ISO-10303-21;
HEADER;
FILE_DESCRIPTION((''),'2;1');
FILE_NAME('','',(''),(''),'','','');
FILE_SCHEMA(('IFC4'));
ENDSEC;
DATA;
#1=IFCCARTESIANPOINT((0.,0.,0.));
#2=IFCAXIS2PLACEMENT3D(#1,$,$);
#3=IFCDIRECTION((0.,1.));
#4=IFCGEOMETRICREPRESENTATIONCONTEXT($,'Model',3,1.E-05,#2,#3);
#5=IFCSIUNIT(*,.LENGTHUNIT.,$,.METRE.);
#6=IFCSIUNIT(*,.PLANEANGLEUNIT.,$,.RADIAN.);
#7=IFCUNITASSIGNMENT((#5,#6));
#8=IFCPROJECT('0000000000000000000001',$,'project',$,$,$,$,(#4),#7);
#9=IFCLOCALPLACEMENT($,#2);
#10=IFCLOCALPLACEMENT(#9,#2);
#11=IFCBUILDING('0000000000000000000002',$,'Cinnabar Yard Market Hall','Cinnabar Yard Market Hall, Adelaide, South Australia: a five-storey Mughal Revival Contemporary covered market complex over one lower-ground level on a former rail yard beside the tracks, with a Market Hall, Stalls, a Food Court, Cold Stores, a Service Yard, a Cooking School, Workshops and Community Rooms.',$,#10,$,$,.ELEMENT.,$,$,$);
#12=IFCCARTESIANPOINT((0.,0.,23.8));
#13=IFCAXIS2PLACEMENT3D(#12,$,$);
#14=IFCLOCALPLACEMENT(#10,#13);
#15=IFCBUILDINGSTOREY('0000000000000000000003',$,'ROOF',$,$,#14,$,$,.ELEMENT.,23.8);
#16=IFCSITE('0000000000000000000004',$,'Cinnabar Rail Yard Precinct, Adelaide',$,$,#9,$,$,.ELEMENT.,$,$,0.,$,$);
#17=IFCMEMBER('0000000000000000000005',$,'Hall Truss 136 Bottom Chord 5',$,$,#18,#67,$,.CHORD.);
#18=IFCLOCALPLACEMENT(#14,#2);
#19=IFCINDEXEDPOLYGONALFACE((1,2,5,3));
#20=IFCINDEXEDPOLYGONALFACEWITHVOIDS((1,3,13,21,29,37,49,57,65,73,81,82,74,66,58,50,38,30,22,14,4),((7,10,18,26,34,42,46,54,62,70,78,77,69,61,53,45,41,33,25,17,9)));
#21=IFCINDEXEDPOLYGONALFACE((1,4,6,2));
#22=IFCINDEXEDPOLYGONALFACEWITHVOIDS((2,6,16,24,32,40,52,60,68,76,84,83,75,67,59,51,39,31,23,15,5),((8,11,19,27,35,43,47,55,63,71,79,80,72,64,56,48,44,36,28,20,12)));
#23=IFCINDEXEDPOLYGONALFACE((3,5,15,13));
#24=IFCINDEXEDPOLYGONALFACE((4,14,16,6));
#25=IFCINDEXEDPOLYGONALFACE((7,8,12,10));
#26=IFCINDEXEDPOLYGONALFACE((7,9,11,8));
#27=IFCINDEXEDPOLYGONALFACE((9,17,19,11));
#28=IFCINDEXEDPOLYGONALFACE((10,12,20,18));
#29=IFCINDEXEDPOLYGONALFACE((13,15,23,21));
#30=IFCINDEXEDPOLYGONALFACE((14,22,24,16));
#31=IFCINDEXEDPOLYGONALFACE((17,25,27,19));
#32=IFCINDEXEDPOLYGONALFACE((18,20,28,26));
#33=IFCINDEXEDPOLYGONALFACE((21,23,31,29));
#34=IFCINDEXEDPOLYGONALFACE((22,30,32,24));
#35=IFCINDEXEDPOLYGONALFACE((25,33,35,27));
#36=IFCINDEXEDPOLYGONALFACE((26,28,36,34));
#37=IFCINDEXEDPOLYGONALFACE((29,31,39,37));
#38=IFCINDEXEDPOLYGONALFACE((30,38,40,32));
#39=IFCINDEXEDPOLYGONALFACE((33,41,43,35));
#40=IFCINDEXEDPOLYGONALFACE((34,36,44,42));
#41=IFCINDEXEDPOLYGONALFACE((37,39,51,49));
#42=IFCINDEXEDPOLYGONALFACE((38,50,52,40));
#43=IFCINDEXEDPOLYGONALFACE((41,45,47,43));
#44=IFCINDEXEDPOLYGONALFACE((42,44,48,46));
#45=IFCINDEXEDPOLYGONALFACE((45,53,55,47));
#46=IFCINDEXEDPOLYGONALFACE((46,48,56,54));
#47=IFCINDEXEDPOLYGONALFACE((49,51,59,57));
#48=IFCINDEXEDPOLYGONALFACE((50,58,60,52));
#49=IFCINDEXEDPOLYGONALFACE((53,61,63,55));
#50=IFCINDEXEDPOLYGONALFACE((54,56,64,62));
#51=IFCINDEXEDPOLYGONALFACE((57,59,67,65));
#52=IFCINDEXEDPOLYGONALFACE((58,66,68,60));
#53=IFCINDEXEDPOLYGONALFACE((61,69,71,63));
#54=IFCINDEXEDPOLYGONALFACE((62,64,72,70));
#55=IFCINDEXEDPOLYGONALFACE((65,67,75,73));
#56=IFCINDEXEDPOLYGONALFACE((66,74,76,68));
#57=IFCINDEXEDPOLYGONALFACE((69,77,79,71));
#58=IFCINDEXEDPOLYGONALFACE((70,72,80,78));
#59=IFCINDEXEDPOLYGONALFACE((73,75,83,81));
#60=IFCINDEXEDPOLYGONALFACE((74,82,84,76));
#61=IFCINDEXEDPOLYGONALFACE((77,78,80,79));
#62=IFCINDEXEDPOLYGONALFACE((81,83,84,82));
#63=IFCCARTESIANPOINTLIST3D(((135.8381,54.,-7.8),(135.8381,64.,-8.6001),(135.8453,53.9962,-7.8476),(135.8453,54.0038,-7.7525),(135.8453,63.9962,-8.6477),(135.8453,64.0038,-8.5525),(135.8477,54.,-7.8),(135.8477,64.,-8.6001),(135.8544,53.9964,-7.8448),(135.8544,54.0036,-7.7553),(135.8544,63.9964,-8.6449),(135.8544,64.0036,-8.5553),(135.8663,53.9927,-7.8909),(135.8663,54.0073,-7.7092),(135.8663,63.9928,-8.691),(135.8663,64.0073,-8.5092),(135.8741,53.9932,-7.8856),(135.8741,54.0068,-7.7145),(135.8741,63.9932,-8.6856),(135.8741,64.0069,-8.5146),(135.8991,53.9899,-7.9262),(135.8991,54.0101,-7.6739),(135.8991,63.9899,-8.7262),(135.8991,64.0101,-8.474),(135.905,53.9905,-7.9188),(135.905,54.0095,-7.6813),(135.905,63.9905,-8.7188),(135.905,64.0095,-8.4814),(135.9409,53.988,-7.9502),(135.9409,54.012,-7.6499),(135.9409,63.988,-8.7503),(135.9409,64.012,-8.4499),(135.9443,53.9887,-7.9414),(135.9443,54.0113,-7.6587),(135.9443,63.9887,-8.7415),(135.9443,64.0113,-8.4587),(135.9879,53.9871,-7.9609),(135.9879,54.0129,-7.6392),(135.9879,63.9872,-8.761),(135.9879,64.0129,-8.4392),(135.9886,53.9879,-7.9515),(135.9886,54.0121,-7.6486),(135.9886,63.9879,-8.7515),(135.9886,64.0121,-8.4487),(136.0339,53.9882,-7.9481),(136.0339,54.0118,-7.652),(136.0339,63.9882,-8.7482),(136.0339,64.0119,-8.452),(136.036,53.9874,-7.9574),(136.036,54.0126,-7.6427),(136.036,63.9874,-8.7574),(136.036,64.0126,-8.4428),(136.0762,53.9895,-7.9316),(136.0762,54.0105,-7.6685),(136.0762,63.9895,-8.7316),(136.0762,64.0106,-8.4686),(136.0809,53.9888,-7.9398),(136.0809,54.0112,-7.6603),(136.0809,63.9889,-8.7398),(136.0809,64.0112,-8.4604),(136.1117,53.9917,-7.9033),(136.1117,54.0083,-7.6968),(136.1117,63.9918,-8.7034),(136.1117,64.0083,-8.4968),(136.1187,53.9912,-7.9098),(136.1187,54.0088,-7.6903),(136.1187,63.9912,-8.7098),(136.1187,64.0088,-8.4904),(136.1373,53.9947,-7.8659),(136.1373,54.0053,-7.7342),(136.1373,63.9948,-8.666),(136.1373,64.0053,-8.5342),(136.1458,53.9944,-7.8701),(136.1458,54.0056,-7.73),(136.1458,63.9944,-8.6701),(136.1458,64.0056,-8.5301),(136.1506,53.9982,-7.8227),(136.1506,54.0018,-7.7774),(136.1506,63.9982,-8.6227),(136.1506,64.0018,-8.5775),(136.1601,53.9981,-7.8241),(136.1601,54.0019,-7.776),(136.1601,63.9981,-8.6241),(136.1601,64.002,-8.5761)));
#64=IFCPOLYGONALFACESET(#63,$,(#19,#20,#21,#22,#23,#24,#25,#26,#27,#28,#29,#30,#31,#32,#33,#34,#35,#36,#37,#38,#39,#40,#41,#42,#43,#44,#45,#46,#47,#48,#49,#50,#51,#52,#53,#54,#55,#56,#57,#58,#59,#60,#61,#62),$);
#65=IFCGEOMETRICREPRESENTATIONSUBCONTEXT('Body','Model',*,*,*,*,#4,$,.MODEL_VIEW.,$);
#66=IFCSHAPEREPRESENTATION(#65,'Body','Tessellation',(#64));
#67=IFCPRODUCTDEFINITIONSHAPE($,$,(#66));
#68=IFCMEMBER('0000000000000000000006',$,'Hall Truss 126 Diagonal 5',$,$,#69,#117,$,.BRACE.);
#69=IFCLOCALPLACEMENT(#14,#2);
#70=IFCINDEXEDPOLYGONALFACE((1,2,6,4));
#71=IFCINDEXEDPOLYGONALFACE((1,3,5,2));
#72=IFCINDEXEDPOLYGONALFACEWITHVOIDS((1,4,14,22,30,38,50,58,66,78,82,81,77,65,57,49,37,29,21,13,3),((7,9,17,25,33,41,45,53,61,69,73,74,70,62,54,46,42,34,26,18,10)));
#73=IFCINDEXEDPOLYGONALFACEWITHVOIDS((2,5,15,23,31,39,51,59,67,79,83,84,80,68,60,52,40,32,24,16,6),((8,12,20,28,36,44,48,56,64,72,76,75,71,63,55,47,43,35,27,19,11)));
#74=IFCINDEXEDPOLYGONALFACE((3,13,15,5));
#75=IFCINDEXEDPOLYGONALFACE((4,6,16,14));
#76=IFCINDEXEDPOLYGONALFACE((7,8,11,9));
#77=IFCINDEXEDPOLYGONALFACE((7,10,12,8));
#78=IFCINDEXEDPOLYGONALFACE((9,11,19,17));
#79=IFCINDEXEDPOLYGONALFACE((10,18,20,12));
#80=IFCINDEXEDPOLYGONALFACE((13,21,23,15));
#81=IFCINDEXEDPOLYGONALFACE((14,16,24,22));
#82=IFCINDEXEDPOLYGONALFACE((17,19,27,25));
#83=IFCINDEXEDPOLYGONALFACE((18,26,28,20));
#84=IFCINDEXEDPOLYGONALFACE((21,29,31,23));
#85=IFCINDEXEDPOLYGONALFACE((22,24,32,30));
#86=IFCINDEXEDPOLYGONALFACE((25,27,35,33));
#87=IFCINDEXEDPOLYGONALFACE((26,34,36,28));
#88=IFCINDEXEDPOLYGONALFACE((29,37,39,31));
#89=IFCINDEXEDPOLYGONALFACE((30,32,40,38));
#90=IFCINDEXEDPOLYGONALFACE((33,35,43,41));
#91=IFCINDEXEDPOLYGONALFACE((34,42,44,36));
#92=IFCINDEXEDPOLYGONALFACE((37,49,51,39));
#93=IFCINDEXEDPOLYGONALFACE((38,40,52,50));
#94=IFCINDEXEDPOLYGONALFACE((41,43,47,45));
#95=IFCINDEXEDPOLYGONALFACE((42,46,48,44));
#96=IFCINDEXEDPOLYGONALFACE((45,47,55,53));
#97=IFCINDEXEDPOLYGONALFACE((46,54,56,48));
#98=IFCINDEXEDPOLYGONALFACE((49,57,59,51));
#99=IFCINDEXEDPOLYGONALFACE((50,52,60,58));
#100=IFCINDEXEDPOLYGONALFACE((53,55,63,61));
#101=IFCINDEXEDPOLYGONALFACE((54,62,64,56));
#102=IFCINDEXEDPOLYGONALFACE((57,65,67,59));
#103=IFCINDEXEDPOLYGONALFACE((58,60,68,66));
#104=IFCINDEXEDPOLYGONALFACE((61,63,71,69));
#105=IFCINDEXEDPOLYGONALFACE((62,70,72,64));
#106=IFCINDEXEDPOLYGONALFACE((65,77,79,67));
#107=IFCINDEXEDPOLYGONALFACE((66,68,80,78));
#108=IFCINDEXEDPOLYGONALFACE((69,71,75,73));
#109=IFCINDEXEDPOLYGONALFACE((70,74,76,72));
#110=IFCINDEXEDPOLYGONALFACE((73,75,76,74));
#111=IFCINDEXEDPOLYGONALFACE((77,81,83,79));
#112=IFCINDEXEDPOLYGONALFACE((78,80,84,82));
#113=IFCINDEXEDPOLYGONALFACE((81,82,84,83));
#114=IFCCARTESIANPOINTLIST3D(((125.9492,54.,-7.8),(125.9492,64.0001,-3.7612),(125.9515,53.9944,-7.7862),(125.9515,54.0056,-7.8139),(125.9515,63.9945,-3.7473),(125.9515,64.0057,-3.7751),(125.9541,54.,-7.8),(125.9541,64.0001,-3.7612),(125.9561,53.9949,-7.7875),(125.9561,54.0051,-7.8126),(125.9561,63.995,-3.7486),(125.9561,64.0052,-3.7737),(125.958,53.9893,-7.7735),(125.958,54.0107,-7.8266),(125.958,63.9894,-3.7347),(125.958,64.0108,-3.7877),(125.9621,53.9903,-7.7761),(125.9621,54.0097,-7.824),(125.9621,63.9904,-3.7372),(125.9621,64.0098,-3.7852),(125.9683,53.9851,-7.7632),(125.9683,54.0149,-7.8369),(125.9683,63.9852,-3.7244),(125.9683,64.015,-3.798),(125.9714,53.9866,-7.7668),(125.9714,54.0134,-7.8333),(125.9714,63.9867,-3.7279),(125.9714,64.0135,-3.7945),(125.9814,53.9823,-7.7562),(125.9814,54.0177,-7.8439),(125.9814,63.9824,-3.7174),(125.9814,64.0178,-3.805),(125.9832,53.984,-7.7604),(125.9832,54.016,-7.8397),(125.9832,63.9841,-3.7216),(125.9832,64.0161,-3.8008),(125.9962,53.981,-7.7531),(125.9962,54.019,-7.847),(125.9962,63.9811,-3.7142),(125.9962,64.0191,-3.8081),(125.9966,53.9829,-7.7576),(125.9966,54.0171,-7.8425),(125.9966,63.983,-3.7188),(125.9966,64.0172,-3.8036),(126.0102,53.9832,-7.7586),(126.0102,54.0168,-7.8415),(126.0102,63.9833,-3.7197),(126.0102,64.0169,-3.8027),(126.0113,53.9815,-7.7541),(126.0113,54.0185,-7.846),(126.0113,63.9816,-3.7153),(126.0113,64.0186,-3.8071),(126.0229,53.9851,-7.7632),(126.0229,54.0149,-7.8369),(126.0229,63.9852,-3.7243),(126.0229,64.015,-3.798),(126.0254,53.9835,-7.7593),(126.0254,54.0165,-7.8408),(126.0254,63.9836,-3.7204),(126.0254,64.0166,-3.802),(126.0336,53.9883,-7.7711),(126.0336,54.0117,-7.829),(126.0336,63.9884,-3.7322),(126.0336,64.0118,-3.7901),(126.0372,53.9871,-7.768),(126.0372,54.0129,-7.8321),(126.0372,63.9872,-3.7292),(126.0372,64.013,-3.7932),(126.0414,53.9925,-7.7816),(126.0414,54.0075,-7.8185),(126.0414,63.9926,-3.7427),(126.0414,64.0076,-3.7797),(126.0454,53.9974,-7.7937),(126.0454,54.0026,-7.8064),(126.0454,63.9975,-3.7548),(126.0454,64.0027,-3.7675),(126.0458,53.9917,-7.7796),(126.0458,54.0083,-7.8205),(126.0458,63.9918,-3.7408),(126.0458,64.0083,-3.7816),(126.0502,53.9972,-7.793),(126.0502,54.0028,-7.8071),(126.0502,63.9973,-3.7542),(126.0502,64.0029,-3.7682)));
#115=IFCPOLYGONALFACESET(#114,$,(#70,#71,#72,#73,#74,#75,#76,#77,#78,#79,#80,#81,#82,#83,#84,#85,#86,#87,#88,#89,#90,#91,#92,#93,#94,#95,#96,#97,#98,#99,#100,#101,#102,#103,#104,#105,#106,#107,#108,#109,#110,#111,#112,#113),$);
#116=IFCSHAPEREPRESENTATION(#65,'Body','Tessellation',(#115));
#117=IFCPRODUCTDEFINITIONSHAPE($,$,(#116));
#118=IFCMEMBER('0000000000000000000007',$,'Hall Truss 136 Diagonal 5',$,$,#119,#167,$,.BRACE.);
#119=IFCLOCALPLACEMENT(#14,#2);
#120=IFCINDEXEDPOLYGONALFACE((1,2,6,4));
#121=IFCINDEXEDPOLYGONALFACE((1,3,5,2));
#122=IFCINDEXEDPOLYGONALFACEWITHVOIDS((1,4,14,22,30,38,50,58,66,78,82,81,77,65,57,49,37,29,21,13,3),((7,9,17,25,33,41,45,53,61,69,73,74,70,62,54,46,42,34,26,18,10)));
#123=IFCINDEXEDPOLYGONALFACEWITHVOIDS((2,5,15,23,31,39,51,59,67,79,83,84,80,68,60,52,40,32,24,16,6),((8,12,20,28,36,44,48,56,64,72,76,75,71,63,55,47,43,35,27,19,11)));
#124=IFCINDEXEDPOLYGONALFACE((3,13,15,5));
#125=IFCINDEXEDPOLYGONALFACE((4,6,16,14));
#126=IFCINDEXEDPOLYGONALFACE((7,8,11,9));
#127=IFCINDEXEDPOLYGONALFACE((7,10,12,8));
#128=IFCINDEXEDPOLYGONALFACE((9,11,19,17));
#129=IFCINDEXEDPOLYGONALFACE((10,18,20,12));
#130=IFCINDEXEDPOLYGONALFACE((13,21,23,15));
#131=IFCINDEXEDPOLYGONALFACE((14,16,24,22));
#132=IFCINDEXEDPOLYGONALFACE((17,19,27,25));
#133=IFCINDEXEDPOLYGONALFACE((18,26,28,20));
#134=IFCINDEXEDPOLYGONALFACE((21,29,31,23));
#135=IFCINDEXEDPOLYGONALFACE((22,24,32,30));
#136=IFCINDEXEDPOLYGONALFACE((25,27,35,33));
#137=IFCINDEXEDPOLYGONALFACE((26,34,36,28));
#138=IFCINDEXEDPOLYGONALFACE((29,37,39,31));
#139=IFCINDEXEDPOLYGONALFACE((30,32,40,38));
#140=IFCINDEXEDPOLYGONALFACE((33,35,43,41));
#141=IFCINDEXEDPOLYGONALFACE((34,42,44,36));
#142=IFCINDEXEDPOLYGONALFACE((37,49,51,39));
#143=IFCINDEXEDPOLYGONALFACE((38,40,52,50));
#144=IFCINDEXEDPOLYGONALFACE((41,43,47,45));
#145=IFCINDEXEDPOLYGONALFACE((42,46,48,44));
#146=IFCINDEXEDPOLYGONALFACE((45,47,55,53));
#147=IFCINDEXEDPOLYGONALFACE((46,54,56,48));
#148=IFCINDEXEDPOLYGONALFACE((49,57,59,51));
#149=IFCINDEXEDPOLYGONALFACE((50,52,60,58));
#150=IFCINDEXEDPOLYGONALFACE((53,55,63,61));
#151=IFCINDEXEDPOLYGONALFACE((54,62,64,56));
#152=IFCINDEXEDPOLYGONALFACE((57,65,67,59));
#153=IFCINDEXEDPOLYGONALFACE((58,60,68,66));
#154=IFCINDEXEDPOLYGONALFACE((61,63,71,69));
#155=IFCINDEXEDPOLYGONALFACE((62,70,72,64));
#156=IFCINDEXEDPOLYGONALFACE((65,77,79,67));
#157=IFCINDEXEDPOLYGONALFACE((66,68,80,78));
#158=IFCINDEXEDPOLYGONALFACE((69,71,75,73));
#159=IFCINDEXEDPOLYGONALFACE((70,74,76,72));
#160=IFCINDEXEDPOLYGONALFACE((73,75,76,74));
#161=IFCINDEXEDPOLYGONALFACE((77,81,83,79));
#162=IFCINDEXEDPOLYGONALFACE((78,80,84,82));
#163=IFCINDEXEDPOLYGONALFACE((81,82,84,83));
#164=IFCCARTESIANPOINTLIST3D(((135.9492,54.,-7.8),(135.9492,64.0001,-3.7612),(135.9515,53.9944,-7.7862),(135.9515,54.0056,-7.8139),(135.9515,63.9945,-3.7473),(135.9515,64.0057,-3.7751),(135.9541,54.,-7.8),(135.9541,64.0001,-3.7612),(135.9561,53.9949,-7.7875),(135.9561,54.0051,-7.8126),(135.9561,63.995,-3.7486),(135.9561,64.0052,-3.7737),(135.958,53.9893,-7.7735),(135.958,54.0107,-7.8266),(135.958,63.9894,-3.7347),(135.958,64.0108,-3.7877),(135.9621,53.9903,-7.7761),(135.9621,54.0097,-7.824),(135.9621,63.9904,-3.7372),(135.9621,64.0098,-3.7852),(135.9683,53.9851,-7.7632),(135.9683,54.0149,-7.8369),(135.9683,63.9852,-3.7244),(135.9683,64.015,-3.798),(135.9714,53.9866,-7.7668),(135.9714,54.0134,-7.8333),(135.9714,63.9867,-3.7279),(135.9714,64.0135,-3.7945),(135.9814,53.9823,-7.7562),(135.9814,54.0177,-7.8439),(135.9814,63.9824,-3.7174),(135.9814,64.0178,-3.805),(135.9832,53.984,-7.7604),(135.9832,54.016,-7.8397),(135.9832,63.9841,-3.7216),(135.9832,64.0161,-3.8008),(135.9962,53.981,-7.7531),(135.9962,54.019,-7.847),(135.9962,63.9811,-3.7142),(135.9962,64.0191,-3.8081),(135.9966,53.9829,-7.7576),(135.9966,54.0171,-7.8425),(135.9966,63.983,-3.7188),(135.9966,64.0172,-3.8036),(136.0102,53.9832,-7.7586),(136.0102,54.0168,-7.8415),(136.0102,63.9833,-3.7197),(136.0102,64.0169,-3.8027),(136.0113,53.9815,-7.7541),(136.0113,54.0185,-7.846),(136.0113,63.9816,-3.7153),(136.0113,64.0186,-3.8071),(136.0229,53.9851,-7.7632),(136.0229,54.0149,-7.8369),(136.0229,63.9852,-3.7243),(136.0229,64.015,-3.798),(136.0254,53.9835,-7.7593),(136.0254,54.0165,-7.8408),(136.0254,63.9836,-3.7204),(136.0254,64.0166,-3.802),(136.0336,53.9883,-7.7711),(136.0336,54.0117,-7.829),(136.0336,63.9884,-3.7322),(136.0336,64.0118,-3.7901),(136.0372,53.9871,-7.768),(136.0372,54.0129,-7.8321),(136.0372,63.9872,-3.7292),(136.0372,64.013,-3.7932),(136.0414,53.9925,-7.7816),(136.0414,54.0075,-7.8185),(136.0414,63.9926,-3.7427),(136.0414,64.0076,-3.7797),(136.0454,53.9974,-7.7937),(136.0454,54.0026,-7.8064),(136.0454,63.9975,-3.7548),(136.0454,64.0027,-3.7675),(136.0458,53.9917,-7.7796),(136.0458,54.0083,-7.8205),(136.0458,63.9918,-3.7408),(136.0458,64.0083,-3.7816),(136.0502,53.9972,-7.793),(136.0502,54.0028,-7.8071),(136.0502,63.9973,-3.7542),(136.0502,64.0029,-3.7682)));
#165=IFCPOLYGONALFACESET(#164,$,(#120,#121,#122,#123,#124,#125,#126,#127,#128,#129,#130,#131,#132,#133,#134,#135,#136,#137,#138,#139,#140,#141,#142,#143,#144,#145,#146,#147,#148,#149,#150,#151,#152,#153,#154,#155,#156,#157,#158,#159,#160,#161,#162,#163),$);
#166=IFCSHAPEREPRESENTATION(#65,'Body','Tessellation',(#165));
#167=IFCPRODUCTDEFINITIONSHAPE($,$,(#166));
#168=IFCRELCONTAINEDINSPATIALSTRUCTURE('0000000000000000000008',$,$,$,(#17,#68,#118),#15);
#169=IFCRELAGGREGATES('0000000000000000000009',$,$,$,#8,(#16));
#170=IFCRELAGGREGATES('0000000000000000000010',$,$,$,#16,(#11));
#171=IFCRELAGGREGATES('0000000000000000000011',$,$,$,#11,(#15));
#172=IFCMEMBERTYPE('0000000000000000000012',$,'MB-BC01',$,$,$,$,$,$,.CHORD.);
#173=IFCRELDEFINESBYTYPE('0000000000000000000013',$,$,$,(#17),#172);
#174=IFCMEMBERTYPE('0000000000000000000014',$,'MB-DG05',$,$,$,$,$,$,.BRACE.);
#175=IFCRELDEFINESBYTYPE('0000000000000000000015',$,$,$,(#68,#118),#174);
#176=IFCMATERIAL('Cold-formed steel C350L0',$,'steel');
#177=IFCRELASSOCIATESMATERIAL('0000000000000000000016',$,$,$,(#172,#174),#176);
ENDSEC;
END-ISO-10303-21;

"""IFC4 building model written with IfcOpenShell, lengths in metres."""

from ifc_helpers import new_model, si_unit, direction, frame, origin, origin_2d_with_axis, place, context, subcontext, project, spatial, hollow_circle, extrude, material, material_profile, profile_set, type_object, element, save


model = new_model("IFC4")

# Units and contexts
model_context = context("Model", 3, precision=1e-05, world=origin(), true_north=direction((0.0, 1.0)))
body_context = subcontext(model_context, "Body", "Model", "MODEL_VIEW")
ifc_project = project(units=[si_unit("LENGTHUNIT", "METRE"), si_unit("PLANEANGLEUNIT", "RADIAN")], contexts=[model_context])

# Site, building, storey
site_placement = place(None, origin())
site = spatial("IfcSite", under=ifc_project, at=site_placement, Name="Cinnabar Rail Yard Precinct, Adelaide", CompositionType="ELEMENT", RefElevation=0.0)
building_placement = place(site_placement, origin())
building = spatial("IfcBuilding", under=site, at=building_placement, Name="Cinnabar Yard Market Hall", Description="Cinnabar Yard Market Hall, Adelaide, South Australia: a five-storey Mughal Revival Contemporary covered market complex over one lower-ground level on a former rail yard beside the tracks, with a Market Hall, Stalls, a Food Court, Cold Stores, a Service Yard, a Cooking School, Workshops and Community Rooms.", CompositionType="ELEMENT")
storey_placement = place(building_placement, frame((0.0, 0.0, 23.8)))
storey = spatial("IfcBuildingStorey", under=building, at=storey_placement, Name="ROOF", CompositionType="ELEMENT", Elevation=23.8)

# Members
ifc_material_1 = material(Name="Cold-formed steel C350L0", Category="steel")
ifc_material_profile_1 = material_profile(ifc_material_1, hollow_circle(Radius=0.1619, WallThickness=0.0095, at=origin_2d_with_axis()), Name="323.9x9.5CHS")
ifc_profile_set_1 = profile_set([ifc_material_profile_1], Name="Cold-formed steel C350L0")
member_type_1 = type_object("IfcMemberType", Name="MB-BC01", PredefinedType="CHORD", material=ifc_profile_set_1)
for number, where, z_axis, x_axis, name in (
    (1, (136.0, 54.0, -7.8), (0.0, 0.996815, -0.07975), (-1.0, 0.0, 0.0), "Hall Truss 136 Bottom Chord 5"),
):
    element("IfcMember", number, at=place(storey_placement, frame(where, z_axis=z_axis, x_axis=x_axis)), inside=storey, type_object=member_type_1, Name=name, PredefinedType="CHORD", context=body_context, shape_type="SweptSolid", body=[
        extrude(hollow_circle(Radius=0.1619, WallThickness=0.0095, at=origin_2d_with_axis()), origin(), (0.0, 0.0, 1.0), 10.032),
    ])
ifc_material_profile_2 = material_profile(ifc_material_1, hollow_circle(Radius=0.0508, WallThickness=0.0049, at=origin_2d_with_axis()), Name="101.6x5.0CHS")
ifc_profile_set_2 = profile_set([ifc_material_profile_2], Name="Cold-formed steel C350L0")
member_type_2 = type_object("IfcMemberType", Name="MB-DG05", PredefinedType="BRACE", material=ifc_profile_set_2)
for number, where, z_axis, x_axis, name in (
    (2, (126.0, 54.0, -7.8), (0.0, 0.92723, 0.374491), (-1.0, 0.0, 0.0), "Hall Truss 126 Diagonal 5"),
    (3, (136.0, 54.0, -7.8), (0.0, 0.92723, 0.374491), (-1.0, 0.0, 0.0), "Hall Truss 136 Diagonal 5"),
):
    element("IfcMember", number, at=place(storey_placement, frame(where, z_axis=z_axis, x_axis=x_axis)), inside=storey, type_object=member_type_2, Name=name, PredefinedType="BRACE", context=body_context, shape_type="SweptSolid", body=[
        extrude(hollow_circle(Radius=0.0508, WallThickness=0.0049, at=origin_2d_with_axis()), origin(), (0.0, 0.0, 1.0), 10.7849),
    ])

save(model, "model.ifc")
